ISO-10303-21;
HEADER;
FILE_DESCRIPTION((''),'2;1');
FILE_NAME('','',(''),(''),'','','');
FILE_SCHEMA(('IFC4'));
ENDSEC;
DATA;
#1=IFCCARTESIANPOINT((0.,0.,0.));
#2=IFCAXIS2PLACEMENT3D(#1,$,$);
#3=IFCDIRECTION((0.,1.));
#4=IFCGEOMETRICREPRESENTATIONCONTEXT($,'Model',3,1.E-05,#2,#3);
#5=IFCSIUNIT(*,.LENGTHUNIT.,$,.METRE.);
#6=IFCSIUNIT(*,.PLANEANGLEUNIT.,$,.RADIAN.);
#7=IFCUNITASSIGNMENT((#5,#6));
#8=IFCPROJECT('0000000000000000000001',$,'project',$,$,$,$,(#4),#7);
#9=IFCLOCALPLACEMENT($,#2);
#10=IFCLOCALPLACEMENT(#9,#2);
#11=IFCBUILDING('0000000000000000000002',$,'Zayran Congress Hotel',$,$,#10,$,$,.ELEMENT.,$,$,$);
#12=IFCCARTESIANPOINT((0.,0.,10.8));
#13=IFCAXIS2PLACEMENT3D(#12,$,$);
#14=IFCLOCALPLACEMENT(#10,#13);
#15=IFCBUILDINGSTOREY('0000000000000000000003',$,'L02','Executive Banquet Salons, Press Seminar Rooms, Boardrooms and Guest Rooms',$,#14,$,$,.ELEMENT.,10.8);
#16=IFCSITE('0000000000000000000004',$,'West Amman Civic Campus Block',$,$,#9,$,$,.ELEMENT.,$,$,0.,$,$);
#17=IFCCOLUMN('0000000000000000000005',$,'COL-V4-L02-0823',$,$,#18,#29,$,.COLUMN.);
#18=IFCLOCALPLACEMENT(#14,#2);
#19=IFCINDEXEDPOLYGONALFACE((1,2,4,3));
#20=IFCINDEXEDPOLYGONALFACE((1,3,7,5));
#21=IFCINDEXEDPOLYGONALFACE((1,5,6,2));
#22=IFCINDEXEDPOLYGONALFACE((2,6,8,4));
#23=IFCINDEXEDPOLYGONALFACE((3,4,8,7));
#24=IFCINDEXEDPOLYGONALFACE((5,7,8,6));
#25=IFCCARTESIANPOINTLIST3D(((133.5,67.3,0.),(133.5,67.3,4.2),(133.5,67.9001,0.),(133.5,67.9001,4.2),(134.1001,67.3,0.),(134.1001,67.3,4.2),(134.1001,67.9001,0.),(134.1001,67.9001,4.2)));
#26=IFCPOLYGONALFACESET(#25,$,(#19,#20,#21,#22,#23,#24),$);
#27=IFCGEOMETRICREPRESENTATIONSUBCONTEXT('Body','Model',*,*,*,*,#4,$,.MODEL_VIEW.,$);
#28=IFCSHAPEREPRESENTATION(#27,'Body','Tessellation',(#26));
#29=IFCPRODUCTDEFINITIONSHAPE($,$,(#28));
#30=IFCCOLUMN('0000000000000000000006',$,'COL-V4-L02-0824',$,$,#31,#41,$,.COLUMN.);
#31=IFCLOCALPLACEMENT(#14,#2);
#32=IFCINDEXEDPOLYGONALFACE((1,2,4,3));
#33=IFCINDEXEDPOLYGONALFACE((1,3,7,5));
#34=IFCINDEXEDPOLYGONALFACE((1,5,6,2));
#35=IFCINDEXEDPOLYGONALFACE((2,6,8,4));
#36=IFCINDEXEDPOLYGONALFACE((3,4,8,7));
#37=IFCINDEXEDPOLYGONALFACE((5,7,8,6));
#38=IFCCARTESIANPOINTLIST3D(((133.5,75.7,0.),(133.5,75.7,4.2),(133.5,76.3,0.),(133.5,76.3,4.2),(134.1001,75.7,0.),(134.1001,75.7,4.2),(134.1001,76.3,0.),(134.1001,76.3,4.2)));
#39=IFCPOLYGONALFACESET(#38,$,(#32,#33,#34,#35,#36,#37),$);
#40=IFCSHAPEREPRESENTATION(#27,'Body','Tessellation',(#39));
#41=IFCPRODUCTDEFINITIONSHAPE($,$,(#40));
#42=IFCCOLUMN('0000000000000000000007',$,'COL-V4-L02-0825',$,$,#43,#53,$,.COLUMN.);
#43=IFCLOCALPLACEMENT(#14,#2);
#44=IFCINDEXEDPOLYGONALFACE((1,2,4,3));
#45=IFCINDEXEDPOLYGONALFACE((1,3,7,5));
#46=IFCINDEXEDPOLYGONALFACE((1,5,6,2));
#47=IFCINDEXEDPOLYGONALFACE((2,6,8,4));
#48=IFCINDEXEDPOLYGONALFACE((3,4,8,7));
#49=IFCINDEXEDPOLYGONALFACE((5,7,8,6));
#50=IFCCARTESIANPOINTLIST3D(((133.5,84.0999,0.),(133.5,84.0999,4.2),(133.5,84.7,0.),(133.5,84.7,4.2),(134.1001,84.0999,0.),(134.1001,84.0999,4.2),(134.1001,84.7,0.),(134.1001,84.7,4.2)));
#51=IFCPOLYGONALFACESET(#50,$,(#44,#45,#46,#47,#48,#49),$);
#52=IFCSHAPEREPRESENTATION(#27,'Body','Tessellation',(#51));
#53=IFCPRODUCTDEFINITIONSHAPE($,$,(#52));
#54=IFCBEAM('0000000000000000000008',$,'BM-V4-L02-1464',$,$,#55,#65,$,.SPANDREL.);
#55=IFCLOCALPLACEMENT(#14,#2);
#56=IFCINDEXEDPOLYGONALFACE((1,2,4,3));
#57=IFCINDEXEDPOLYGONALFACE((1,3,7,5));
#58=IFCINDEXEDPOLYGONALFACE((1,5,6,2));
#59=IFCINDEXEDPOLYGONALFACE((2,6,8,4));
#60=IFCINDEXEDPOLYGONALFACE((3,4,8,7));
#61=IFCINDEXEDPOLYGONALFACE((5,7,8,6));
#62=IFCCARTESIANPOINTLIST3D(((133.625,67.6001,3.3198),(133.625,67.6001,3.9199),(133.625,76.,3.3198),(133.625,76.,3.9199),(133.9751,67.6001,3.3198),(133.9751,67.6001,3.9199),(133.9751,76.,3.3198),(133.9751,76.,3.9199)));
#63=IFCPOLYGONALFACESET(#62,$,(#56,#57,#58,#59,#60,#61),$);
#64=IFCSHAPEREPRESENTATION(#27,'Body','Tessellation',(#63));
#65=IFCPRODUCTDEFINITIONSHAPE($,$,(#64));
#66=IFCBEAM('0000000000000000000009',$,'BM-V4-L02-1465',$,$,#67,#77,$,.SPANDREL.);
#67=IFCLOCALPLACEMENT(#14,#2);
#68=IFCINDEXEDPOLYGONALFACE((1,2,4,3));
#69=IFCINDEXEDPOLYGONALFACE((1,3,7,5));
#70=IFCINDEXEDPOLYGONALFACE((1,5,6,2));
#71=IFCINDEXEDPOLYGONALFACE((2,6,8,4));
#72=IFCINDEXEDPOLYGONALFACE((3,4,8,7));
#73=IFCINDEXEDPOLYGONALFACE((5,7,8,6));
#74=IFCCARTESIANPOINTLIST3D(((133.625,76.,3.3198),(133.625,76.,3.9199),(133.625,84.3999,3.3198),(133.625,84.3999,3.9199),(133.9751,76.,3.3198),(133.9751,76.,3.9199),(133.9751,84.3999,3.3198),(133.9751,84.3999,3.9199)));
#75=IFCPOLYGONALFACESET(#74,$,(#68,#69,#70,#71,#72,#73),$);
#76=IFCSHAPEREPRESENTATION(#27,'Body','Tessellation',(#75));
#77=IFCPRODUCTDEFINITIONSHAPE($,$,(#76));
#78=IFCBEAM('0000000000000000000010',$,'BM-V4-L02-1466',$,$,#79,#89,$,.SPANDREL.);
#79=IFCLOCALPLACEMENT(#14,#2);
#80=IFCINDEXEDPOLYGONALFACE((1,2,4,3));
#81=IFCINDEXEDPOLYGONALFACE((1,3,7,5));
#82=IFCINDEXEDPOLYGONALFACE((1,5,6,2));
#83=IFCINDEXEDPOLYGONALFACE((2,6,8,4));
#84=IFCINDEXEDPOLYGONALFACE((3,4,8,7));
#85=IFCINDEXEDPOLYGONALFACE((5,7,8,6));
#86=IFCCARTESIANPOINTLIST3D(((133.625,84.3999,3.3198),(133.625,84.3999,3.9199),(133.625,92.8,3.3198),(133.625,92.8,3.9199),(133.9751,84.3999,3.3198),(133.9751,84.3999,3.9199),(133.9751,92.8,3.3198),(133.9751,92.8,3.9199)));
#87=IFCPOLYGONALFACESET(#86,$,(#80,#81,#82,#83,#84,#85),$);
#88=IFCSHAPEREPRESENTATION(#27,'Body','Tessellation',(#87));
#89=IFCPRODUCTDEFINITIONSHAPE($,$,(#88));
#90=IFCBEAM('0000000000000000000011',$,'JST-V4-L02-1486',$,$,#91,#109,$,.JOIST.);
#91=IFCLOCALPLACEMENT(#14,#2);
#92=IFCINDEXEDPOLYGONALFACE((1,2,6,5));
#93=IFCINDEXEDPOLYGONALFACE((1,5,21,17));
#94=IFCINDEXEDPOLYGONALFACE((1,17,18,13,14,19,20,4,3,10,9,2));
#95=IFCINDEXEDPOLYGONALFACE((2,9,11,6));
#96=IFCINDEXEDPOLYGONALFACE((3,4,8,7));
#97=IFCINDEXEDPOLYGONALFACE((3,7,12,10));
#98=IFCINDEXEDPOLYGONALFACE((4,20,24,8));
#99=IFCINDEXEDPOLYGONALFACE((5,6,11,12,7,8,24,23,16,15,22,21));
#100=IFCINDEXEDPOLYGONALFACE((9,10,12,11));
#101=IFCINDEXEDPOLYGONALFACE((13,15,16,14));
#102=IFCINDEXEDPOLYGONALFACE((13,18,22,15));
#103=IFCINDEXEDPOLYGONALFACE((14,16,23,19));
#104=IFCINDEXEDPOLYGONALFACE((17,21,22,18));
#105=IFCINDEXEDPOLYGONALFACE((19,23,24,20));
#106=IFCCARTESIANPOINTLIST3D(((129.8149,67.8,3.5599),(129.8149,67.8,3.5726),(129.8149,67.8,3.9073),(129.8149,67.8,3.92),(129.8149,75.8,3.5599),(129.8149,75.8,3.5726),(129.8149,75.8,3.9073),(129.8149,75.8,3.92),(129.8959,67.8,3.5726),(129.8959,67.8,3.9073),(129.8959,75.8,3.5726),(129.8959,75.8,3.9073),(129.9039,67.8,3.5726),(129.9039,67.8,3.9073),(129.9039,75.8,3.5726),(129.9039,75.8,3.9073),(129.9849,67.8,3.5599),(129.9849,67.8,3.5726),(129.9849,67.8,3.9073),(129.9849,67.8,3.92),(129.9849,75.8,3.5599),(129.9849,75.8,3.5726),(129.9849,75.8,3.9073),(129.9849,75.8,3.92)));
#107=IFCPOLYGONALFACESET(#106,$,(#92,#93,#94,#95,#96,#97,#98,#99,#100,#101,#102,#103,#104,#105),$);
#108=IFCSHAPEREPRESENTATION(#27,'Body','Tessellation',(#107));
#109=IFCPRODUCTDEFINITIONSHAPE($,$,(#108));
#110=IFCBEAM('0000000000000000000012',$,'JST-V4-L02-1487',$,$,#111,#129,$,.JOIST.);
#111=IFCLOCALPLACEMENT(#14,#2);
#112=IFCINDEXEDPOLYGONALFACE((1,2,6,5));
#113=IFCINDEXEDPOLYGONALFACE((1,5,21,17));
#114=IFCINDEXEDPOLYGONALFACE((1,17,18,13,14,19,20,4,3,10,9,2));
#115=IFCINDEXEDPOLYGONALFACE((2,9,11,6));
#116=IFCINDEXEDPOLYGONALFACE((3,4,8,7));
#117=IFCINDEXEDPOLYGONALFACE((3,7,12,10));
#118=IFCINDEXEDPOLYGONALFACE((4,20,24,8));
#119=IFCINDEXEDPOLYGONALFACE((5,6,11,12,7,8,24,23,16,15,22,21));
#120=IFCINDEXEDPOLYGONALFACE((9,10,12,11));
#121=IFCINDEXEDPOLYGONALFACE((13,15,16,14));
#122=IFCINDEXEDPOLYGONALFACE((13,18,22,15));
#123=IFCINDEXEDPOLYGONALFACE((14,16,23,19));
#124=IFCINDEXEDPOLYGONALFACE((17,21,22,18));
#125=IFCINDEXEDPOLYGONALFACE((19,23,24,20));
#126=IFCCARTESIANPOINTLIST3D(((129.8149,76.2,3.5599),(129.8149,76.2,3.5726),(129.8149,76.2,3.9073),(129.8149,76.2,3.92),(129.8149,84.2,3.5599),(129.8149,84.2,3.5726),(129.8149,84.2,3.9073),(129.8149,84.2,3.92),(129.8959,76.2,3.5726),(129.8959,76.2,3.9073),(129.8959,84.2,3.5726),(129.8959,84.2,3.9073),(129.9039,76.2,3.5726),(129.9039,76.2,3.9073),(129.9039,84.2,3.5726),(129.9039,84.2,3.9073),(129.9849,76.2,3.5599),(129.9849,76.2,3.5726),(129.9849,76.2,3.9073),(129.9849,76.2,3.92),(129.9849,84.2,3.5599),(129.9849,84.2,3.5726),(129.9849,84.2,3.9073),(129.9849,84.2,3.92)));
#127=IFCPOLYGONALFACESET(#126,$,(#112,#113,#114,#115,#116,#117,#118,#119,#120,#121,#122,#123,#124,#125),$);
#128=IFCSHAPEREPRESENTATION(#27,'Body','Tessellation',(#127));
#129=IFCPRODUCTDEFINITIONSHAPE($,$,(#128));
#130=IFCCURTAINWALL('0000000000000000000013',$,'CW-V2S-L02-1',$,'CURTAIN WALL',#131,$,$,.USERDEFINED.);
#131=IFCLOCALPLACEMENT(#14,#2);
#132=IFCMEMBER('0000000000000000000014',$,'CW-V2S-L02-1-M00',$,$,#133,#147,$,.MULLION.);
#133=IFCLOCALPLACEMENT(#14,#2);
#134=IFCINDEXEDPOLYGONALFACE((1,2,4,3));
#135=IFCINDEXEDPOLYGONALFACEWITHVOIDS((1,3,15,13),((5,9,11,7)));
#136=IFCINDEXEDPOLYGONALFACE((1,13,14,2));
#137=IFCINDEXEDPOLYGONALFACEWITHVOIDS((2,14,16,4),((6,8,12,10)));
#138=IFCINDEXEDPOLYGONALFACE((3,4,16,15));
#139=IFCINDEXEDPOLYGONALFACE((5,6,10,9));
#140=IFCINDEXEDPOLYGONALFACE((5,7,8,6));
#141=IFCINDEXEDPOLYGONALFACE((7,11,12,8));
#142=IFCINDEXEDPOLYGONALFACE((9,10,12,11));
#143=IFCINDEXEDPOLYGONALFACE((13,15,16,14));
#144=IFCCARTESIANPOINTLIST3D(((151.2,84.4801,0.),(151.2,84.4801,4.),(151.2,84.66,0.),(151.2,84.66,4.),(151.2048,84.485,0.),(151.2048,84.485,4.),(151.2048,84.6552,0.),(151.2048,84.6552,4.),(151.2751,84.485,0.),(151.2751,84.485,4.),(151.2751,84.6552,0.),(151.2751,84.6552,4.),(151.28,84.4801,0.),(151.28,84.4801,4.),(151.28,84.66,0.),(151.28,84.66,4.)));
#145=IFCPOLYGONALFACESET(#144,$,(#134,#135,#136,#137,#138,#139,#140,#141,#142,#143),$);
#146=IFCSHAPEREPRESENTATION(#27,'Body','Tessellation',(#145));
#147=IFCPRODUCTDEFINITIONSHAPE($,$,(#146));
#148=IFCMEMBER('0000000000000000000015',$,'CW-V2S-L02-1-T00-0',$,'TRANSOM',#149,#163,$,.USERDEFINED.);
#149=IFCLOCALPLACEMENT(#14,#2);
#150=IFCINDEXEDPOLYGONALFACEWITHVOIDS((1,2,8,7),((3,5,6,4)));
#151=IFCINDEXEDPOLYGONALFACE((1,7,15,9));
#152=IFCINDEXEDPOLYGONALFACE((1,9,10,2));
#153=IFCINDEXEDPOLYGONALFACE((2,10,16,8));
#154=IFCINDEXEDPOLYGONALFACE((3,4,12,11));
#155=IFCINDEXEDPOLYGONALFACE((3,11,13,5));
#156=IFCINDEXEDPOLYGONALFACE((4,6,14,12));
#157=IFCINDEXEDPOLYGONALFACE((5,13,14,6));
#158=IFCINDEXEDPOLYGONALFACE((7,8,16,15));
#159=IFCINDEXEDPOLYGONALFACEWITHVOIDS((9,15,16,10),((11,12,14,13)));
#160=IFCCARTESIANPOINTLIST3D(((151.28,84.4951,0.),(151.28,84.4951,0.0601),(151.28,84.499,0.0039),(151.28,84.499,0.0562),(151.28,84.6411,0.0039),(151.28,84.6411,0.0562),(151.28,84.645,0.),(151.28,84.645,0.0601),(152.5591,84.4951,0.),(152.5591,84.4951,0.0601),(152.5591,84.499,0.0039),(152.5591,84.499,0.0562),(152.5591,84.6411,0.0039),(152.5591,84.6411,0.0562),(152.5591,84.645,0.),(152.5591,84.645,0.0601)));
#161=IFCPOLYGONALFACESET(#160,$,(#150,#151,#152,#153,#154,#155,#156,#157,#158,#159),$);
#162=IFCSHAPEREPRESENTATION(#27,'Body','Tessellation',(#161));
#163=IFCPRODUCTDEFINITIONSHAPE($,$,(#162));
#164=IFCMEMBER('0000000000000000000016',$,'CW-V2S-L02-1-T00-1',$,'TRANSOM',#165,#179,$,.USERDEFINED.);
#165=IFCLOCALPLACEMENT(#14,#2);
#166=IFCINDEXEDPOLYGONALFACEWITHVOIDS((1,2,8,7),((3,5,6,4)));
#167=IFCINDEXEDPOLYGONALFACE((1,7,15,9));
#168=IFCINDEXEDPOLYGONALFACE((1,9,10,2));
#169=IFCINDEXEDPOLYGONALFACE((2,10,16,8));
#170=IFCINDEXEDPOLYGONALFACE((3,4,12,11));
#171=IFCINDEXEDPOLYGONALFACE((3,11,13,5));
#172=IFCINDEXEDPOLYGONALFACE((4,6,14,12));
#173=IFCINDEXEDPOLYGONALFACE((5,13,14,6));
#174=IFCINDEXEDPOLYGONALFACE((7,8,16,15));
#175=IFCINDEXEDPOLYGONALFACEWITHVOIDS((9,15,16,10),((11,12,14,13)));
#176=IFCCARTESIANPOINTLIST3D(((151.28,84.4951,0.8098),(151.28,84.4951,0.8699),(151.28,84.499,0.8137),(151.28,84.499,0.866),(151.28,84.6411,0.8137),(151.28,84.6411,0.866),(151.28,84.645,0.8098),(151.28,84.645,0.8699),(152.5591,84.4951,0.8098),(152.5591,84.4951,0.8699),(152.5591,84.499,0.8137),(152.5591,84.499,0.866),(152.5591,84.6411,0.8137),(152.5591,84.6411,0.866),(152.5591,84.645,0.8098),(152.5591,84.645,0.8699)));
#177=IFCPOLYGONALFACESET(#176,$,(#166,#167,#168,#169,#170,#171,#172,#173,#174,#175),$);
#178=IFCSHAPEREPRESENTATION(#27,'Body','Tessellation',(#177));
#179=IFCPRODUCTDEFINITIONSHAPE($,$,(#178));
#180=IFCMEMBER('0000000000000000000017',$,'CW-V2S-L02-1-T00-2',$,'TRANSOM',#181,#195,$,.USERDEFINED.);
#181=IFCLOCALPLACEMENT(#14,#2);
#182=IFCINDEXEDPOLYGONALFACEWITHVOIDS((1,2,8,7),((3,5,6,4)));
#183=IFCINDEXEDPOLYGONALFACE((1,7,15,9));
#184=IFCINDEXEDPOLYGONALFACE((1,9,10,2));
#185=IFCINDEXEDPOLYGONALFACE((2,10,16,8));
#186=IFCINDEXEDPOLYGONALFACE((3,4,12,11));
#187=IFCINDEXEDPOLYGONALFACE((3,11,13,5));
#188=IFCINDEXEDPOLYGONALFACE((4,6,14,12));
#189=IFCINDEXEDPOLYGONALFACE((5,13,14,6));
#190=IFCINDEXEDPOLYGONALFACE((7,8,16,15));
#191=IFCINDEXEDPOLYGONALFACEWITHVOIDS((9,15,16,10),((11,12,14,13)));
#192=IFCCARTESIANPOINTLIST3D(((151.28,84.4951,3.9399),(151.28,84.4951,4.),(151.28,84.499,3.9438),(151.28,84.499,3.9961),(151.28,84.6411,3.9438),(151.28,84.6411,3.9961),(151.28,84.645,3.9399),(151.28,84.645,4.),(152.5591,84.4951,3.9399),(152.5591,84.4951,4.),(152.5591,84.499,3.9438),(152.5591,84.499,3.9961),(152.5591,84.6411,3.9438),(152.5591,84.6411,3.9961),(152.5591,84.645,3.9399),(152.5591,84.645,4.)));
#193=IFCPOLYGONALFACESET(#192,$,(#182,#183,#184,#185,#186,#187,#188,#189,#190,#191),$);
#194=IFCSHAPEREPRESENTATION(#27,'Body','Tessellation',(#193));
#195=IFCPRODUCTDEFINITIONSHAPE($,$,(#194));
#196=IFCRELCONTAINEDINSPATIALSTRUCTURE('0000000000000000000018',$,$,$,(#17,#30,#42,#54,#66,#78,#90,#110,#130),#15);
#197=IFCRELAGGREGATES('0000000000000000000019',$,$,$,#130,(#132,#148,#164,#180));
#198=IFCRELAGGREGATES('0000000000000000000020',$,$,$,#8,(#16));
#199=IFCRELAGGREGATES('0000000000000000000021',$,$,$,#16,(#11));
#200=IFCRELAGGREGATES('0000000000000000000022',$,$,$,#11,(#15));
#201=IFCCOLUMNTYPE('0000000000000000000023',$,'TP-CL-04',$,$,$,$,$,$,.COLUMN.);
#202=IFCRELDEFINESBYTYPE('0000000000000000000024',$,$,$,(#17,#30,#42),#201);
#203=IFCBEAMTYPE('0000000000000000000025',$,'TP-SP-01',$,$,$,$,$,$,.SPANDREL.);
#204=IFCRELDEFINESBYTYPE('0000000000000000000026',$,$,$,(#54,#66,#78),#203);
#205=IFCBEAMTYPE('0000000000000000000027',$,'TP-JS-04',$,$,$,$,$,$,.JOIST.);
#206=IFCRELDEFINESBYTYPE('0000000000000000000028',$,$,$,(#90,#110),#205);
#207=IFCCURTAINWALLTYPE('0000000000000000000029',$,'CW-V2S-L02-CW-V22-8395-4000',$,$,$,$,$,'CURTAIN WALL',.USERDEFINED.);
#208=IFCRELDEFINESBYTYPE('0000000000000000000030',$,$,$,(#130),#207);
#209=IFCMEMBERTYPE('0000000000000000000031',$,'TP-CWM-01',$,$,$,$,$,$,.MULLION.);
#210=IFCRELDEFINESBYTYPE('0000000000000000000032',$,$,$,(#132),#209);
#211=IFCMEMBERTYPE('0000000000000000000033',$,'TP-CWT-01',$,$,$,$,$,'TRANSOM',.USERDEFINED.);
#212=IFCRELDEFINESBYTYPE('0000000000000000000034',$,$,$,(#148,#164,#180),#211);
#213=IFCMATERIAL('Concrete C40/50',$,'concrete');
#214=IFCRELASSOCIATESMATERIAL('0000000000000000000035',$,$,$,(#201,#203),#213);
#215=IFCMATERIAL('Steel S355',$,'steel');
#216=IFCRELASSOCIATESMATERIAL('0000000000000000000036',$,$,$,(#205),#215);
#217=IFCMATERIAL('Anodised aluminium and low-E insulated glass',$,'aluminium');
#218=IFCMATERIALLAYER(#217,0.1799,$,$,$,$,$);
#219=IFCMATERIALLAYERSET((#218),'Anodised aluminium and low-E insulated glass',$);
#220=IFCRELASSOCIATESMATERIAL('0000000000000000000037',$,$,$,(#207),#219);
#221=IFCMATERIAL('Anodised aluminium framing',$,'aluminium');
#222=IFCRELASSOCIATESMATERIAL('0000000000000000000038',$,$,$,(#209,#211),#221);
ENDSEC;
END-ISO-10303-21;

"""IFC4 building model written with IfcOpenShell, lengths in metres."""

from ifc_helpers import new_model, si_unit, direction, frame, origin, origin_2d, place, context, subcontext, project, spatial, rectangle, hollow_rectangle, i_section, extrude, material, layer, layer_set, material_profile, profile_set, type_object, element, aggregate, save


model = new_model("IFC4")

# Units and contexts
model_context = context("Model", 3, precision=1e-05, world=origin(), true_north=direction((0.0, 1.0)))
body_context = subcontext(model_context, "Body", "Model", "MODEL_VIEW")
ifc_project = project(units=[si_unit("LENGTHUNIT", "METRE"), si_unit("PLANEANGLEUNIT", "RADIAN")], contexts=[model_context])

# Site, building, storey
site_placement = place(None, origin())
site = spatial("IfcSite", under=ifc_project, at=site_placement, Name="West Amman Civic Campus Block", CompositionType="ELEMENT", RefElevation=0.0)
building_placement = place(site_placement, origin())
building = spatial("IfcBuilding", under=site, at=building_placement, Name="Zayran Congress Hotel", CompositionType="ELEMENT")
storey_placement = place(building_placement, frame((0.0, 0.0, 10.8)))
storey = spatial("IfcBuildingStorey", under=building, at=storey_placement, Name="L02", Description="Executive Banquet Salons, Press Seminar Rooms, Boardrooms and Guest Rooms", CompositionType="ELEMENT", Elevation=10.8)

# Columns
ifc_material_1 = material(Name="Concrete C40/50", Category="concrete")
ifc_material_profile_1 = material_profile(ifc_material_1, rectangle(XDim=0.6001, YDim=0.6001, at=origin_2d()), Name="RC 600x600")
ifc_profile_set_1 = profile_set([ifc_material_profile_1], Name="Concrete C40/50")
column_type = type_object("IfcColumnType", Name="TP-CL-04", PredefinedType="COLUMN", material=ifc_profile_set_1)
for number, where, z_axis, x_axis, name in (
    (1, (133.8, 67.6001, 0.0), (0.0, 0.0, 1.0), (1.0, 0.0, 0.0), "COL-V4-L02-0823"),
    (2, (133.8, 76.0, 0.0), (0.0, 0.0, 1.0), (1.0, 0.0, 0.0), "COL-V4-L02-0824"),
    (3, (133.8, 84.3999, 0.0), (0.0, 0.0, 1.0), (1.0, 0.0, 0.0), "COL-V4-L02-0825"),
):
    element("IfcColumn", number, at=place(storey_placement, frame(where, z_axis=z_axis, x_axis=x_axis)), inside=storey, type_object=column_type, Name=name, PredefinedType="COLUMN", context=body_context, shape_type="SweptSolid", body=[
        extrude(rectangle(XDim=0.6001, YDim=0.6001, at=origin_2d()), origin(), (0.0, 0.0, 1.0), 4.2),
    ])

# Beams
ifc_material_profile_2 = material_profile(ifc_material_1, rectangle(XDim=0.3501, YDim=0.6001, at=origin_2d()), Name="RC 350x600")
ifc_profile_set_2 = profile_set([ifc_material_profile_2], Name="Concrete C40/50")
beam_type_1 = type_object("IfcBeamType", Name="TP-SP-01", PredefinedType="SPANDREL", material=ifc_profile_set_2)
for number, where, z_axis, x_axis, name in (
    (4, (133.8, 67.6001, 3.6199), (0.0, 1.0, 0.0), (-1.0, 0.0, 0.0), "BM-V4-L02-1464"),
    (5, (133.8, 76.0, 3.6199), (0.0, 1.0, 0.0), (-1.0, 0.0, 0.0), "BM-V4-L02-1465"),
):
    element("IfcBeam", number, at=place(storey_placement, frame(where, z_axis=z_axis, x_axis=x_axis)), inside=storey, type_object=beam_type_1, Name=name, PredefinedType="SPANDREL", context=body_context, shape_type="SweptSolid", body=[
        extrude(rectangle(XDim=0.3501, YDim=0.6001, at=origin_2d()), origin(), (0.0, 0.0, 1.0), 8.3999),
    ])
beam_placement = place(storey_placement, frame((133.8, 84.3999, 3.6199), z_axis=(0.0, 1.0, 0.0), x_axis=(-1.0, 0.0, 0.0)))
element("IfcBeam", 6, at=beam_placement, inside=storey, type_object=beam_type_1, Name="BM-V4-L02-1466", PredefinedType="SPANDREL", context=body_context, shape_type="SweptSolid", body=[
    extrude(rectangle(XDim=0.3501, YDim=0.6001, at=origin_2d()), origin(), (0.0, 0.0, 1.0), 8.4001),
])
ifc_material_2 = material(Name="Steel S355", Category="steel")
ifc_material_profile_3 = material_profile(ifc_material_2, i_section(OverallWidth=0.1699, OverallDepth=0.3601, WebThickness=0.0081, FlangeThickness=0.0127, at=origin_2d()), Name="IPE 360")
ifc_profile_set_3 = profile_set([ifc_material_profile_3], Name="Steel S355")
beam_type_2 = type_object("IfcBeamType", Name="TP-JS-04", PredefinedType="JOIST", material=ifc_profile_set_3)
for number, where, z_axis, x_axis, name in (
    (7, (129.8999, 67.8, 3.74), (0.0, 1.0, 0.0), (-1.0, 0.0, 0.0), "JST-V4-L02-1486"),
    (8, (129.8999, 76.2, 3.74), (0.0, 1.0, 0.0), (-1.0, 0.0, 0.0), "JST-V4-L02-1487"),
):
    element("IfcBeam", number, at=place(storey_placement, frame(where, z_axis=z_axis, x_axis=x_axis)), inside=storey, type_object=beam_type_2, Name=name, PredefinedType="JOIST", context=body_context, shape_type="SweptSolid", body=[
        extrude(i_section(OverallWidth=0.1699, OverallDepth=0.3601, WebThickness=0.0081, FlangeThickness=0.0127, at=origin_2d()), origin(), (0.0, 0.0, 1.0), 8.0),
    ])

# Curtain wall, members
ifc_material_3 = material(Name="Anodised aluminium and low-E insulated glass", Category="aluminium")
ifc_layer_1 = layer(ifc_material_3, 0.1799)
ifc_layer_set_1 = layer_set([ifc_layer_1], Name="Anodised aluminium and low-E insulated glass")
curtain_wall_type = type_object("IfcCurtainWallType", Name="CW-V2S-L02-CW-V22-8395-4000", ElementType="CURTAIN WALL", PredefinedType="USERDEFINED", material=ifc_layer_set_1)
curtain_wall_placement = place(storey_placement, origin())
curtain_wall = element("IfcCurtainWall", 9, at=curtain_wall_placement, inside=storey, type_object=curtain_wall_type, Name="CW-V2S-L02-1", ObjectType="CURTAIN WALL", PredefinedType="USERDEFINED")
ifc_material_4 = material(Name="Anodised aluminium framing", Category="aluminium")
ifc_material_profile_4 = material_profile(ifc_material_4, hollow_rectangle(XDim=0.0801, YDim=0.1799, WallThickness=0.0049, at=origin_2d()), Name="RHS 180x80x5")
ifc_profile_set_4 = profile_set([ifc_material_profile_4], Name="Anodised aluminium framing")
member_type_1 = type_object("IfcMemberType", Name="TP-CWM-01", PredefinedType="MULLION", material=ifc_profile_set_4)
member_1_placement = place(storey_placement, frame((151.24, 84.5701, 0.0), z_axis=(0.0, 0.0, 1.0), x_axis=(1.0, 0.0, 0.0)))
member_1 = element("IfcMember", 10, at=member_1_placement, type_object=member_type_1, Name="CW-V2S-L02-1-M00", PredefinedType="MULLION", context=body_context, shape_type="SweptSolid", body=[
    extrude(hollow_rectangle(XDim=0.0801, YDim=0.1799, WallThickness=0.0049, at=origin_2d()), origin(), (0.0, 0.0, 1.0), 4.0),
])
ifc_material_profile_5 = material_profile(ifc_material_4, hollow_rectangle(XDim=0.0601, YDim=0.1499, WallThickness=0.0039, at=origin_2d()), Name="RHS 150x60x4")
ifc_profile_set_5 = profile_set([ifc_material_profile_5], Name="Anodised aluminium framing")
member_type_2 = type_object("IfcMemberType", Name="TP-CWT-01", ElementType="TRANSOM", PredefinedType="USERDEFINED", material=ifc_profile_set_5)
member_2_placement = place(storey_placement, frame((151.28, 84.5701, 0.03), z_axis=(1.0, 0.0, 0.0), x_axis=(0.0, 0.0, 1.0)))
member_2 = element("IfcMember", 11, at=member_2_placement, type_object=member_type_2, Name="CW-V2S-L02-1-T00-0", ObjectType="TRANSOM", PredefinedType="USERDEFINED", context=body_context, shape_type="SweptSolid", body=[
    extrude(hollow_rectangle(XDim=0.0601, YDim=0.1499, WallThickness=0.0039, at=origin_2d()), origin(), (0.0, 0.0, 1.0), 1.2791),
])
member_3_placement = place(storey_placement, frame((151.28, 84.5701, 0.8398), z_axis=(1.0, 0.0, 0.0), x_axis=(0.0, 0.0, 1.0)))
member_3 = element("IfcMember", 12, at=member_3_placement, type_object=member_type_2, Name="CW-V2S-L02-1-T00-1", ObjectType="TRANSOM", PredefinedType="USERDEFINED", context=body_context, shape_type="SweptSolid", body=[
    extrude(hollow_rectangle(XDim=0.0601, YDim=0.1499, WallThickness=0.0039, at=origin_2d()), origin(), (0.0, 0.0, 1.0), 1.2791),
])
member_4_placement = place(storey_placement, frame((151.28, 84.5701, 3.97), z_axis=(1.0, 0.0, 0.0), x_axis=(0.0, 0.0, 1.0)))
member_4 = element("IfcMember", 13, at=member_4_placement, type_object=member_type_2, Name="CW-V2S-L02-1-T00-2", ObjectType="TRANSOM", PredefinedType="USERDEFINED", context=body_context, shape_type="SweptSolid", body=[
    extrude(hollow_rectangle(XDim=0.0601, YDim=0.1499, WallThickness=0.0039, at=origin_2d()), origin(), (0.0, 0.0, 1.0), 1.2791),
])
aggregate(curtain_wall, [member_1, member_2, member_3, member_4])

save(model, "model.ifc")
